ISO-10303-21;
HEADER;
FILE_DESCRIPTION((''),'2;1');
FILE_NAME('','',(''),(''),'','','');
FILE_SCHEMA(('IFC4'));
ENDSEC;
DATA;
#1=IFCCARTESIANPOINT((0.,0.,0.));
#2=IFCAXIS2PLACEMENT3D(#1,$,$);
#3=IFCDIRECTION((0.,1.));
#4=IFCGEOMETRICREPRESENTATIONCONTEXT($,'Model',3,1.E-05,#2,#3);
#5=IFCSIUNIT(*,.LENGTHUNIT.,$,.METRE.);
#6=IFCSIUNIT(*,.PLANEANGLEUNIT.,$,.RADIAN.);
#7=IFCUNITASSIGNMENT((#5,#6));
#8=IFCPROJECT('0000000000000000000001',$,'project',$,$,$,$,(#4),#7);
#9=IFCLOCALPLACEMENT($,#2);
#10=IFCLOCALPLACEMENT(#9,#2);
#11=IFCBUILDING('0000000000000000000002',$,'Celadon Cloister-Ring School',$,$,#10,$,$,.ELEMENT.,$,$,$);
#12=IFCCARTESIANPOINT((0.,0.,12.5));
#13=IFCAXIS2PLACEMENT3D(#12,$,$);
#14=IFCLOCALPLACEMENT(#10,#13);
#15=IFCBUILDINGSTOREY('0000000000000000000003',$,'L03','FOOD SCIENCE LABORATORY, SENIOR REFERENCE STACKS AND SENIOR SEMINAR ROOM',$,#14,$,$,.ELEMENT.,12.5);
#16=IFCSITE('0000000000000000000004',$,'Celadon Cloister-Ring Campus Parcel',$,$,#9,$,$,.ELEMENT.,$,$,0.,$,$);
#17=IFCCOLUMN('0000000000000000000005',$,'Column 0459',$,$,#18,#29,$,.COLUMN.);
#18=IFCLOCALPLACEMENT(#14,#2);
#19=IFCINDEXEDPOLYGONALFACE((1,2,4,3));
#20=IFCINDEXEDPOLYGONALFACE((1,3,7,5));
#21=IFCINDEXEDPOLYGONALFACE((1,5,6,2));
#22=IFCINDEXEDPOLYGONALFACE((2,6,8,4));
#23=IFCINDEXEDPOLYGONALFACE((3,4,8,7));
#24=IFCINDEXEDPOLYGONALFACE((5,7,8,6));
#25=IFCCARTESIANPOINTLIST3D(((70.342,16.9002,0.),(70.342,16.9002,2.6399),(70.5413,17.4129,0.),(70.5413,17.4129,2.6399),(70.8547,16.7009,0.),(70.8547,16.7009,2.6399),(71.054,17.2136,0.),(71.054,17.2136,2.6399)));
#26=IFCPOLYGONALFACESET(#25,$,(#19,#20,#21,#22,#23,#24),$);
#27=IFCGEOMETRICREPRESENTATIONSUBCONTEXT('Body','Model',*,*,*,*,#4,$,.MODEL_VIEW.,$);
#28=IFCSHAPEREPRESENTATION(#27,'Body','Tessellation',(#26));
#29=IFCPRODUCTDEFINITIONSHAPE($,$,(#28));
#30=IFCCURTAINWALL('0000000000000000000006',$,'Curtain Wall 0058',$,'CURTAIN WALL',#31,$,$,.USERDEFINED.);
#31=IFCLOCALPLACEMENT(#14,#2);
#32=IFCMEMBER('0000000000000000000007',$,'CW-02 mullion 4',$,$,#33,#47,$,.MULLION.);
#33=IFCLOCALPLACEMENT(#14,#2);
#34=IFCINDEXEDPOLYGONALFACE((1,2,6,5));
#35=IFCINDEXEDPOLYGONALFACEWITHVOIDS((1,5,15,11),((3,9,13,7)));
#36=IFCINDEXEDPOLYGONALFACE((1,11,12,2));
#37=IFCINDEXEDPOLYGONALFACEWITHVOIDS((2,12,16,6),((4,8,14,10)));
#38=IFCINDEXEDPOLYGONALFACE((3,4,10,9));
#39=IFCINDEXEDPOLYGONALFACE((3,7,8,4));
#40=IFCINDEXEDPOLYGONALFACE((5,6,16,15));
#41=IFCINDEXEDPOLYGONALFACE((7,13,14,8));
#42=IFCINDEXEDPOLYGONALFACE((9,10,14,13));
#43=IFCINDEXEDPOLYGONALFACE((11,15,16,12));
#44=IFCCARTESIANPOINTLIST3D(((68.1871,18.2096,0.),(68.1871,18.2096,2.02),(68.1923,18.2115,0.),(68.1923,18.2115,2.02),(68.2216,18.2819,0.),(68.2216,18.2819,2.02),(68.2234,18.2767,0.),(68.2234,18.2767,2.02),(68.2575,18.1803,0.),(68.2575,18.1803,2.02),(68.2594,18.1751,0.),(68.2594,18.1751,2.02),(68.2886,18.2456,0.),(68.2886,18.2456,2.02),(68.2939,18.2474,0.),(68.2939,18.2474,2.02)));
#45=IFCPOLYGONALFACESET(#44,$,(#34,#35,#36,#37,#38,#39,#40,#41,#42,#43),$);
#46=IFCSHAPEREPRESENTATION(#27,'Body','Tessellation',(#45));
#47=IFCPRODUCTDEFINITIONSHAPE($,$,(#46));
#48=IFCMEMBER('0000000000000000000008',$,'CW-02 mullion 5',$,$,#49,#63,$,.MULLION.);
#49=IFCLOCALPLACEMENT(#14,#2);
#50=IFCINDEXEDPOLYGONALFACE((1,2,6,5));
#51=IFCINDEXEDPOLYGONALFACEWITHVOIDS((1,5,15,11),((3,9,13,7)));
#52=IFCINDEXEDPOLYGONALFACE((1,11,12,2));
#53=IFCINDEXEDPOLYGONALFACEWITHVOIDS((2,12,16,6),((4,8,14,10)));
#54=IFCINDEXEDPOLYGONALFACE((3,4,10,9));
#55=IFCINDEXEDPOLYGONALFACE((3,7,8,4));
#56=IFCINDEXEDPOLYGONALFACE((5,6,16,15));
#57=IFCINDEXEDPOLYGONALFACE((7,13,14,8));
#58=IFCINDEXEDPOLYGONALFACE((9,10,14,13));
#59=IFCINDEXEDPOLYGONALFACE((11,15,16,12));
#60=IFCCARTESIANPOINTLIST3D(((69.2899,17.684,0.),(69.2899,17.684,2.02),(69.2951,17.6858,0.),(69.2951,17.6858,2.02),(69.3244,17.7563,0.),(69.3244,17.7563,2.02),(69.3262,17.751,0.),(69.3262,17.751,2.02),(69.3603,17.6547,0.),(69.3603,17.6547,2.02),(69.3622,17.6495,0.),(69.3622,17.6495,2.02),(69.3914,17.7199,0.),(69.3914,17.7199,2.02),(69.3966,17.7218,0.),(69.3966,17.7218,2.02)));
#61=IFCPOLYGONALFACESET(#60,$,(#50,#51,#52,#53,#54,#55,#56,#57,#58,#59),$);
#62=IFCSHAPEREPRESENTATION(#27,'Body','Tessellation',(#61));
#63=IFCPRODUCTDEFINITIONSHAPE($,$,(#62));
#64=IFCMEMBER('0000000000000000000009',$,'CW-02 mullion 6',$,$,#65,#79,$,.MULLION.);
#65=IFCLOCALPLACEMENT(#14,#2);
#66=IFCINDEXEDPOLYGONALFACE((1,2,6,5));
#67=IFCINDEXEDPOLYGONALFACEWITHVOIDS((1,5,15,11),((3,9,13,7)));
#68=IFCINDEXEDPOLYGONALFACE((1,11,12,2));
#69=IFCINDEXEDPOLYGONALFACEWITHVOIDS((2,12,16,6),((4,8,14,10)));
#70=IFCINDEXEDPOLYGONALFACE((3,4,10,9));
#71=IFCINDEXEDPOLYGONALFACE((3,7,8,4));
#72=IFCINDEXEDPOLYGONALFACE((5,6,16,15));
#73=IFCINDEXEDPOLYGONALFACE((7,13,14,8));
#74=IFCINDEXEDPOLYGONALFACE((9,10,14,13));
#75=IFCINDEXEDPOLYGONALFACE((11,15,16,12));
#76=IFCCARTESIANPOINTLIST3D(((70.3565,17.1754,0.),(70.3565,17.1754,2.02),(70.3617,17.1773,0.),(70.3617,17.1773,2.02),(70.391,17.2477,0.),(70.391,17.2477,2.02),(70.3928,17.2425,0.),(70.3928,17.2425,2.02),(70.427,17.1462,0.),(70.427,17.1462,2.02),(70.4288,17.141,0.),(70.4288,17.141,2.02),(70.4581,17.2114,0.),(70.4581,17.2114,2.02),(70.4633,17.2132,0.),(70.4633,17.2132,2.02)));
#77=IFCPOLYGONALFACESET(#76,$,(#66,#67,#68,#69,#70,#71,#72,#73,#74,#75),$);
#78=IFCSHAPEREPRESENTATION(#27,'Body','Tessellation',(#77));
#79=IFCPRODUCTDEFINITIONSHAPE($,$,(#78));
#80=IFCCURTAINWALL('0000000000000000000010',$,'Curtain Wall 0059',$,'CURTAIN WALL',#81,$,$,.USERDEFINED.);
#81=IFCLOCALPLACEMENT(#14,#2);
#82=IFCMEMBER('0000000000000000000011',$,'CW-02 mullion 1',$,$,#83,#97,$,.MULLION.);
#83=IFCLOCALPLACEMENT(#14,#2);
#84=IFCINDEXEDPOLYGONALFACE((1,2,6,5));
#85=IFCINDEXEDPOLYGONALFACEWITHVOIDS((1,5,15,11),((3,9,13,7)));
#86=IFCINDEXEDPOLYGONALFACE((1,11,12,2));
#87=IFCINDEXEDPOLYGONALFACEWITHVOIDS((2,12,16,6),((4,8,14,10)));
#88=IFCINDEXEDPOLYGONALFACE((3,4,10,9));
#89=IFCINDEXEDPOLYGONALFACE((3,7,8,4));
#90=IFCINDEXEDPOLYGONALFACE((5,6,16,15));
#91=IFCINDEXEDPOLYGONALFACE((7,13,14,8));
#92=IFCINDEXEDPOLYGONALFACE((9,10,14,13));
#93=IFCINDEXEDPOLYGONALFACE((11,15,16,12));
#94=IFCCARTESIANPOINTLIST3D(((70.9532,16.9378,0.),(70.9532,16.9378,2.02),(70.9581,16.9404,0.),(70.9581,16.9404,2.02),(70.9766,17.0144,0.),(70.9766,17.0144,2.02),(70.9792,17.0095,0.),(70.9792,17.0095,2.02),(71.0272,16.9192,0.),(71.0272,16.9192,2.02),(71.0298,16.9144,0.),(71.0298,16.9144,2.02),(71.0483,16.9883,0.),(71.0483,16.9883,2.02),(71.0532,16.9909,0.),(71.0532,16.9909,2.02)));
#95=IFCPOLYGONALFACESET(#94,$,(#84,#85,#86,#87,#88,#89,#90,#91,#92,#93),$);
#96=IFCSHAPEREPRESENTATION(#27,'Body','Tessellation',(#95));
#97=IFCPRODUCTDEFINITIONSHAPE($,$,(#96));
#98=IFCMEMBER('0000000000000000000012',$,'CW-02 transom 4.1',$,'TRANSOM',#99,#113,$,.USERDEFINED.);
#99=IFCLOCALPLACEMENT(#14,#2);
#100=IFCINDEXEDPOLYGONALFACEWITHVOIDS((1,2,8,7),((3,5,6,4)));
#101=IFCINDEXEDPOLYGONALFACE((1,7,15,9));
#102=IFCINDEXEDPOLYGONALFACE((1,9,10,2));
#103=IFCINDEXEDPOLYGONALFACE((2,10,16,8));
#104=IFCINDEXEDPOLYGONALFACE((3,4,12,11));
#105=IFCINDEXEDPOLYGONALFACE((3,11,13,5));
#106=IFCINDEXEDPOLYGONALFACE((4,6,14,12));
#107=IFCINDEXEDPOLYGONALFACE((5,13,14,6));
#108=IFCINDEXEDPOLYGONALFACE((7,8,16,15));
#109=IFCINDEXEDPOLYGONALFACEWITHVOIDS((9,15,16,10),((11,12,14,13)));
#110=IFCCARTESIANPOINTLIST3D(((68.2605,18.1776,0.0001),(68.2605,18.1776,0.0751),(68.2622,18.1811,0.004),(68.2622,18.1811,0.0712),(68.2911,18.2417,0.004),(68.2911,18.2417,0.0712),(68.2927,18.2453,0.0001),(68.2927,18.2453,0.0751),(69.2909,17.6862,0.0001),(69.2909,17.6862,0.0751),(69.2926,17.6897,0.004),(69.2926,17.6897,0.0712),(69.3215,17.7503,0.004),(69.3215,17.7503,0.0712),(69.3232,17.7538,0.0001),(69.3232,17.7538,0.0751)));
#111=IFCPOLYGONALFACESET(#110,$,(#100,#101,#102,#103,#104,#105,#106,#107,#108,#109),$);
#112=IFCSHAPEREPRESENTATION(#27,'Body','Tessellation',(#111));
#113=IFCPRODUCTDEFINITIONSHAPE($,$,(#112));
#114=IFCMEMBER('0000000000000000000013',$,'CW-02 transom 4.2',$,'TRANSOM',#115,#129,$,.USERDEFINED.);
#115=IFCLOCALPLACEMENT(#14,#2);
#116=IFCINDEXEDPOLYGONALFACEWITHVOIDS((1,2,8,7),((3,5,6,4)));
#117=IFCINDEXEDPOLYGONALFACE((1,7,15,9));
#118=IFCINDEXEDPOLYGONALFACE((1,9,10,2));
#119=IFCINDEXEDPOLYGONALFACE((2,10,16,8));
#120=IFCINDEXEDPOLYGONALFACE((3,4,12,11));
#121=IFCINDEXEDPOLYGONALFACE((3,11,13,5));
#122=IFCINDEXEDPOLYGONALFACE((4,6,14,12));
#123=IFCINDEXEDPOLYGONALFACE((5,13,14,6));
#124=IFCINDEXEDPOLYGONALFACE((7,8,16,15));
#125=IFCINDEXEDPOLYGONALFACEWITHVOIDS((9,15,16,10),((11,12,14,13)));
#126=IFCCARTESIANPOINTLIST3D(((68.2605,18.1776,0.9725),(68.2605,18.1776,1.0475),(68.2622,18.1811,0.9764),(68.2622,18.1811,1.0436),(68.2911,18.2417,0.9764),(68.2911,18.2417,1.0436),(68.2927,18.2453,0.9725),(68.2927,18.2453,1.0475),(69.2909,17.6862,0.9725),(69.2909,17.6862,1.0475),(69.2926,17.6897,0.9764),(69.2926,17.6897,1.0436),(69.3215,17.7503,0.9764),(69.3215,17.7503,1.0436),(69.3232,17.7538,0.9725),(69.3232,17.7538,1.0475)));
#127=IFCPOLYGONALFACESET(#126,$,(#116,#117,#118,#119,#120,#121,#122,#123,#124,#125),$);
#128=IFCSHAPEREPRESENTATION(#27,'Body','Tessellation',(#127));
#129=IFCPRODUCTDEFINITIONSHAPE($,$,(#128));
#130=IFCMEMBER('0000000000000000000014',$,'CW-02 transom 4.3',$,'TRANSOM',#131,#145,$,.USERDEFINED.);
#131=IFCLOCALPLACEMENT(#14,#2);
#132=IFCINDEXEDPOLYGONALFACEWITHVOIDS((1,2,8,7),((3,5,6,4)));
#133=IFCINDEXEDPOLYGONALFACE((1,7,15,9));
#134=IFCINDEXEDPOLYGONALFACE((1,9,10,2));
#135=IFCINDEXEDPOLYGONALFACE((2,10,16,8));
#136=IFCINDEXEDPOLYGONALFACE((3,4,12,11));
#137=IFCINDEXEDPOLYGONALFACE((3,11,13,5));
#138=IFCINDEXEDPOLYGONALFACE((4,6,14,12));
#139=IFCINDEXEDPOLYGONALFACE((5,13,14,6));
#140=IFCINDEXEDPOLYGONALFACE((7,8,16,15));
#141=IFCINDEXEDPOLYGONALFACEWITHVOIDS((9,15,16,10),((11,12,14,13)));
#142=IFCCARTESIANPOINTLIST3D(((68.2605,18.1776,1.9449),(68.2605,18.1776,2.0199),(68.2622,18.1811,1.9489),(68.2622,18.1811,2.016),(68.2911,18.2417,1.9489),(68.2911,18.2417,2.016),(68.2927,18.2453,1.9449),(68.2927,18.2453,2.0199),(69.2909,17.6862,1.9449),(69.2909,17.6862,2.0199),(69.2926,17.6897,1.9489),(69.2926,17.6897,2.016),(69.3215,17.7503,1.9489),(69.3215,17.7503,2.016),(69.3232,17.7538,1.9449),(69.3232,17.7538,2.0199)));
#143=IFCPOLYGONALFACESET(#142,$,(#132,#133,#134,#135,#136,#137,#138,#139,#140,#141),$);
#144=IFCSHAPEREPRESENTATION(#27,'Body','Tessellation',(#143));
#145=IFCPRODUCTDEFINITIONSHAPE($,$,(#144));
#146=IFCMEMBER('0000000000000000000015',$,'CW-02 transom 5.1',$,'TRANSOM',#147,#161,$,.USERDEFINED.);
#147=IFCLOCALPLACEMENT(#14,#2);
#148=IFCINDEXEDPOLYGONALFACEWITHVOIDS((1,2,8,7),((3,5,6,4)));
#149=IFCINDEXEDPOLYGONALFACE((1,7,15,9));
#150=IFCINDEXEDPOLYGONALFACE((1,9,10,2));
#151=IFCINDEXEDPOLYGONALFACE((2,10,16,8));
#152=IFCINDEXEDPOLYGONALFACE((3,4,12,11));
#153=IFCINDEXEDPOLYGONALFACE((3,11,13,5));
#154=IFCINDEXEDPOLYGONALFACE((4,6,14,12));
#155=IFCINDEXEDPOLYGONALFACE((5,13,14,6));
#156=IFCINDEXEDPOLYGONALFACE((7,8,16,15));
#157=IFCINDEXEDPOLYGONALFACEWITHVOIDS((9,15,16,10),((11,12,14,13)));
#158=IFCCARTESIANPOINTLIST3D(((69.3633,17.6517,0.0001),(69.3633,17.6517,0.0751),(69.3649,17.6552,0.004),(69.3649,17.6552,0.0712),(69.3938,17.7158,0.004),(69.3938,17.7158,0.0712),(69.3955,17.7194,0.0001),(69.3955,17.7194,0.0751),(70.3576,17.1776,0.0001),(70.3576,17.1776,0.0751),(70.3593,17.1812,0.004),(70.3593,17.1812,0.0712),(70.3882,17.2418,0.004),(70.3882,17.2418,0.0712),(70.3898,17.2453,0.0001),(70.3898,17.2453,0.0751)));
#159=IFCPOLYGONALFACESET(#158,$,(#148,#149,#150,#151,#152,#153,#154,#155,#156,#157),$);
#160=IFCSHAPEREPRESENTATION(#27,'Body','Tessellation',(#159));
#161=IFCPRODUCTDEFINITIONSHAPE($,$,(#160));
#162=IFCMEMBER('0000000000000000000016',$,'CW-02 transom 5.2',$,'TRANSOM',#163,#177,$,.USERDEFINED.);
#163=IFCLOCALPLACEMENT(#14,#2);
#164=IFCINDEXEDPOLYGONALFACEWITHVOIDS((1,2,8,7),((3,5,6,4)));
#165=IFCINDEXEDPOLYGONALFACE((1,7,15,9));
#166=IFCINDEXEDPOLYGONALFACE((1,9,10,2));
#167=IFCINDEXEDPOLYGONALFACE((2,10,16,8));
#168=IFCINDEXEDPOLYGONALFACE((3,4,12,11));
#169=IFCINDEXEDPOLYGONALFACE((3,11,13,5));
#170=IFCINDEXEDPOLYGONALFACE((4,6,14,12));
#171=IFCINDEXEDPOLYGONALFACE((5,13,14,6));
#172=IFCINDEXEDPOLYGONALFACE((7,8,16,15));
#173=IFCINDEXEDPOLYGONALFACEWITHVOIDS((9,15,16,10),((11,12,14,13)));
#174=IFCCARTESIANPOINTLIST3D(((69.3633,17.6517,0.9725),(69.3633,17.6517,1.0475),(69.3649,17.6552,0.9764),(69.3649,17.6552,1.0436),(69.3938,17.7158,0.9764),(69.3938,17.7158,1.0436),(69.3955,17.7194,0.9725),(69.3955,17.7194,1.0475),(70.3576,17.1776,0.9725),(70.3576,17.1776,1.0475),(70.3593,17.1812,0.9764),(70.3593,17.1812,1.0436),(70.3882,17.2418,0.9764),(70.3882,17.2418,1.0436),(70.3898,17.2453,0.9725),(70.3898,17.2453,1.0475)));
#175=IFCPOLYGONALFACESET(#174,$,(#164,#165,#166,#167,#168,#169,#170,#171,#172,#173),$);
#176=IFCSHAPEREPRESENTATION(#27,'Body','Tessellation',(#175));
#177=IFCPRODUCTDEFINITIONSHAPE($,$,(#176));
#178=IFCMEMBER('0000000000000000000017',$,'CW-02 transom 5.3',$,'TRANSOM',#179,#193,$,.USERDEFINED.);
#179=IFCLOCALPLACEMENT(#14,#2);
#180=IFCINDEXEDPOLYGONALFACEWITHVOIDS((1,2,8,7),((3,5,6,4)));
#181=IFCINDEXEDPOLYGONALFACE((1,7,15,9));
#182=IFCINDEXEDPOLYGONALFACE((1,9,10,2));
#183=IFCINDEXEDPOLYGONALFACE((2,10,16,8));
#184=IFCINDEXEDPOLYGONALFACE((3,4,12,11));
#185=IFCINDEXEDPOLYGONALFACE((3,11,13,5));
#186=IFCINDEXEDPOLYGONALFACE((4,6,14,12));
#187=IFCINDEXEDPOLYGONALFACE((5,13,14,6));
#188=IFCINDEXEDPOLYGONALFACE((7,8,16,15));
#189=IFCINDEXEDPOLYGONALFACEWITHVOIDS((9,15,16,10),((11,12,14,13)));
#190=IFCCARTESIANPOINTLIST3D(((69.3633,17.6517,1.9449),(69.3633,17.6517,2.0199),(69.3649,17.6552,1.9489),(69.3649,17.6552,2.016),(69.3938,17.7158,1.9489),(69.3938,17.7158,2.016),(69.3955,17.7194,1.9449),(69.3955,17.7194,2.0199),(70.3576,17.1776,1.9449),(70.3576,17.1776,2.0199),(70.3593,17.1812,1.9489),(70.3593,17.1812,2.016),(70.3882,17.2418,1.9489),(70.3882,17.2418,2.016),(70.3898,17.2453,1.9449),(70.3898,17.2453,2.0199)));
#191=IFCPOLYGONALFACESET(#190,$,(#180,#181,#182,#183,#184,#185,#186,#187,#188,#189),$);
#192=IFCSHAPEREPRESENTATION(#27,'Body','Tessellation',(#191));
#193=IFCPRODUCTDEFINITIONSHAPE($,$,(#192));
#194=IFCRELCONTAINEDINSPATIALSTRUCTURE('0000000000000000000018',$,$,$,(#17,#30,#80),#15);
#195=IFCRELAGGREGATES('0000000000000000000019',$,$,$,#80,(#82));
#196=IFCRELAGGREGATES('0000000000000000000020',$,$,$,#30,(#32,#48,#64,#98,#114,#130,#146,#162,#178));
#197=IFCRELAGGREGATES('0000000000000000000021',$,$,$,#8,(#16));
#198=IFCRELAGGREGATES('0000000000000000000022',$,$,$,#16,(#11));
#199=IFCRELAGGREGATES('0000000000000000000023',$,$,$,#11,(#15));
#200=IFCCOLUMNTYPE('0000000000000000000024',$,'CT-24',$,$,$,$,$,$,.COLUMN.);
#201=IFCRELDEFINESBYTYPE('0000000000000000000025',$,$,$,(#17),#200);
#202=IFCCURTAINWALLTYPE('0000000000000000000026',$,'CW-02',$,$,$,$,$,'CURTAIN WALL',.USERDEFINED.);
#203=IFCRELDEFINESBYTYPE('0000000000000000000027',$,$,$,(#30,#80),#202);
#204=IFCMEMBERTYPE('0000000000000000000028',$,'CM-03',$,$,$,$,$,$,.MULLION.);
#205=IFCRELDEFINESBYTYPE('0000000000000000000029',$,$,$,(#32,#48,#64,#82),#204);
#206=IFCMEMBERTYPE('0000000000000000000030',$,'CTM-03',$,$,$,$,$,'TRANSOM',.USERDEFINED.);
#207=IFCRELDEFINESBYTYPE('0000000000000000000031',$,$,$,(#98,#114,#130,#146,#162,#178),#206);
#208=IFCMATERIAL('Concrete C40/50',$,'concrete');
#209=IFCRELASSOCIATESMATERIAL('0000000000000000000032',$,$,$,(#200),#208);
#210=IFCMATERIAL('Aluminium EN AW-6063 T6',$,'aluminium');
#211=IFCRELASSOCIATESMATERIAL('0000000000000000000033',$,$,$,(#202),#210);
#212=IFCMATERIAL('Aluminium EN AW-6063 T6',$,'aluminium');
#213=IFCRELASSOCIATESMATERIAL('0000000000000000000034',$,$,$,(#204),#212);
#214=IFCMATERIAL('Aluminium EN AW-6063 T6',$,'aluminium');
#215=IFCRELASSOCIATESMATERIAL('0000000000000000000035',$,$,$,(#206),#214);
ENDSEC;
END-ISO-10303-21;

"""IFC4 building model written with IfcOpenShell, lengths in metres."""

from ifc_helpers import new_model, si_unit, direction, frame, origin, origin_2d, place, context, subcontext, project, spatial, rectangle, hollow_rectangle, extrude, material, material_profile, profile_set, type_object, element, aggregate, save


model = new_model("IFC4")

# Units and contexts
model_context = context("Model", 3, precision=1e-05, world=origin(), true_north=direction((0.0, 1.0)))
body_context = subcontext(model_context, "Body", "Model", "MODEL_VIEW")
ifc_project = project(units=[si_unit("LENGTHUNIT", "METRE"), si_unit("PLANEANGLEUNIT", "RADIAN")], contexts=[model_context])

# Site, building, storey
site_placement = place(None, origin())
site = spatial("IfcSite", under=ifc_project, at=site_placement, Name="Celadon Cloister-Ring Campus Parcel", CompositionType="ELEMENT", RefElevation=0.0)
building_placement = place(site_placement, origin())
building = spatial("IfcBuilding", under=site, at=building_placement, Name="Celadon Cloister-Ring School", CompositionType="ELEMENT")
storey_placement = place(building_placement, frame((0.0, 0.0, 12.5)))
storey = spatial("IfcBuildingStorey", under=building, at=storey_placement, Name="L03", Description="FOOD SCIENCE LABORATORY, SENIOR REFERENCE STACKS AND SENIOR SEMINAR ROOM", CompositionType="ELEMENT", Elevation=12.5)

# Column
ifc_material_1 = material(Name="Concrete C40/50", Category="concrete")
ifc_material_profile_1 = material_profile(ifc_material_1, rectangle(XDim=0.55, YDim=0.55, at=origin_2d()), Name="RC550X550")
ifc_profile_set_1 = profile_set([ifc_material_profile_1], Name="Concrete C40/50")
column_type = type_object("IfcColumnType", Name="CT-24", PredefinedType="COLUMN", material=ifc_profile_set_1)
column_placement = place(storey_placement, frame((70.698, 17.0569, 0.0), z_axis=(0.0, 0.0, 1.0), x_axis=(-0.362275, -0.932071, 0.0)))
element("IfcColumn", 1, at=column_placement, inside=storey, type_object=column_type, Name="Column 0459", PredefinedType="COLUMN", context=body_context, shape_type="SweptSolid", body=[
    extrude(rectangle(XDim=0.55, YDim=0.55, at=origin_2d()), origin(), (0.0, 0.0, 1.0), 2.6399),
])

# Curtain wall, members
ifc_material_2 = material(Name="Aluminium EN AW-6063 T6", Category="aluminium")
curtain_wall_type = type_object("IfcCurtainWallType", Name="CW-02", ElementType="CURTAIN WALL", PredefinedType="USERDEFINED", material=ifc_material_2)
curtain_wall_1_placement = place(storey_placement, origin())
curtain_wall_1 = element("IfcCurtainWall", 2, at=curtain_wall_1_placement, inside=storey, type_object=curtain_wall_type, Name="Curtain Wall 0058", ObjectType="CURTAIN WALL", PredefinedType="USERDEFINED")
ifc_material_3 = material(Name="Aluminium EN AW-6063 T6", Category="aluminium")
ifc_material_profile_2 = material_profile(ifc_material_3, hollow_rectangle(XDim=0.0801, YDim=0.0801, WallThickness=0.0039, at=origin_2d()), Name="RHS80X80X4")
ifc_profile_set_2 = profile_set([ifc_material_profile_2], Name="Aluminium EN AW-6063 T6")
member_type_1 = type_object("IfcMemberType", Name="CM-03", PredefinedType="MULLION", material=ifc_profile_set_2)
member_1_placement = place(storey_placement, frame((68.2405, 18.2285, 0.0), z_axis=(0.0, 0.0, 1.0), x_axis=(0.430372, 0.902652, 0.0)))
member_1 = element("IfcMember", 3, at=member_1_placement, type_object=member_type_1, Name="CW-02 mullion 4", PredefinedType="MULLION", context=body_context, shape_type="SweptSolid", body=[
    extrude(hollow_rectangle(XDim=0.0801, YDim=0.0801, WallThickness=0.0039, at=origin_2d()), origin(), (0.0, 0.0, 1.0), 2.02),
])
member_2_placement = place(storey_placement, frame((69.3433, 17.7029, 0.0), z_axis=(0.0, 0.0, 1.0), x_axis=(0.430372, 0.902652, 0.0)))
member_2 = element("IfcMember", 4, at=member_2_placement, type_object=member_type_1, Name="CW-02 mullion 5", PredefinedType="MULLION", context=body_context, shape_type="SweptSolid", body=[
    extrude(hollow_rectangle(XDim=0.0801, YDim=0.0801, WallThickness=0.0039, at=origin_2d()), origin(), (0.0, 0.0, 1.0), 2.02),
])
member_3_placement = place(storey_placement, frame((70.4099, 17.1943, 0.0), z_axis=(0.0, 0.0, 1.0), x_axis=(0.430372, 0.902652, 0.0)))
member_3 = element("IfcMember", 5, at=member_3_placement, type_object=member_type_1, Name="CW-02 mullion 6", PredefinedType="MULLION", context=body_context, shape_type="SweptSolid", body=[
    extrude(hollow_rectangle(XDim=0.0801, YDim=0.0801, WallThickness=0.0039, at=origin_2d()), origin(), (0.0, 0.0, 1.0), 2.02),
])

# Curtain wall, member
curtain_wall_2_placement = place(storey_placement, origin())
curtain_wall_2 = element("IfcCurtainWall", 6, at=curtain_wall_2_placement, inside=storey, type_object=curtain_wall_type, Name="Curtain Wall 0059", ObjectType="CURTAIN WALL", PredefinedType="USERDEFINED")
member_4_placement = place(storey_placement, frame((71.0032, 16.9644, 0.0), z_axis=(0.0, 0.0, 1.0), x_axis=(0.292406, 0.956294, 0.0)))
member_4 = element("IfcMember", 7, at=member_4_placement, type_object=member_type_1, Name="CW-02 mullion 1", PredefinedType="MULLION", context=body_context, shape_type="SweptSolid", body=[
    extrude(hollow_rectangle(XDim=0.0801, YDim=0.0801, WallThickness=0.0039, at=origin_2d()), origin(), (0.0, 0.0, 1.0), 2.02),
])

# Members
ifc_material_4 = material(Name="Aluminium EN AW-6063 T6", Category="aluminium")
ifc_material_profile_3 = material_profile(ifc_material_4, hollow_rectangle(XDim=0.075, YDim=0.075, WallThickness=0.0039, at=origin_2d()), Name="RHS75X75X4")
ifc_profile_set_3 = profile_set([ifc_material_profile_3], Name="Aluminium EN AW-6063 T6")
member_type_2 = type_object("IfcMemberType", Name="CTM-03", ElementType="TRANSOM", PredefinedType="USERDEFINED", material=ifc_profile_set_3)
member_5_placement = place(storey_placement, frame((68.2766, 18.2114, 0.0376), z_axis=(0.902611, -0.430456, 0.0), x_axis=(0.430456, 0.902611, 0.0)))
member_5 = element("IfcMember", 8, at=member_5_placement, type_object=member_type_2, Name="CW-02 transom 4.1", ObjectType="TRANSOM", PredefinedType="USERDEFINED", context=body_context, shape_type="SweptSolid", body=[
    extrude(hollow_rectangle(XDim=0.075, YDim=0.075, WallThickness=0.0039, at=origin_2d()), origin(), (0.0, 0.0, 1.0), 1.1416),
])
member_6_placement = place(storey_placement, frame((68.2766, 18.2114, 1.01), z_axis=(0.902611, -0.430456, 0.0), x_axis=(0.430456, 0.902611, 0.0)))
member_6 = element("IfcMember", 9, at=member_6_placement, type_object=member_type_2, Name="CW-02 transom 4.2", ObjectType="TRANSOM", PredefinedType="USERDEFINED", context=body_context, shape_type="SweptSolid", body=[
    extrude(hollow_rectangle(XDim=0.075, YDim=0.075, WallThickness=0.0039, at=origin_2d()), origin(), (0.0, 0.0, 1.0), 1.1416),
])
member_7_placement = place(storey_placement, frame((68.2766, 18.2114, 1.9824), z_axis=(0.902611, -0.430456, 0.0), x_axis=(0.430456, 0.902611, 0.0)))
member_7 = element("IfcMember", 10, at=member_7_placement, type_object=member_type_2, Name="CW-02 transom 4.3", ObjectType="TRANSOM", PredefinedType="USERDEFINED", context=body_context, shape_type="SweptSolid", body=[
    extrude(hollow_rectangle(XDim=0.075, YDim=0.075, WallThickness=0.0039, at=origin_2d()), origin(), (0.0, 0.0, 1.0), 1.1416),
])
member_8_placement = place(storey_placement, frame((69.3794, 17.6855, 0.0376), z_axis=(0.902647, -0.430381, 0.0), x_axis=(0.430381, 0.902647, 0.0)))
member_8 = element("IfcMember", 11, at=member_8_placement, type_object=member_type_2, Name="CW-02 transom 5.1", ObjectType="TRANSOM", PredefinedType="USERDEFINED", context=body_context, shape_type="SweptSolid", body=[
    extrude(hollow_rectangle(XDim=0.075, YDim=0.075, WallThickness=0.0039, at=origin_2d()), origin(), (0.0, 0.0, 1.0), 1.1016),
])
member_9_placement = place(storey_placement, frame((69.3794, 17.6855, 1.01), z_axis=(0.902647, -0.430381, 0.0), x_axis=(0.430381, 0.902647, 0.0)))
member_9 = element("IfcMember", 12, at=member_9_placement, type_object=member_type_2, Name="CW-02 transom 5.2", ObjectType="TRANSOM", PredefinedType="USERDEFINED", context=body_context, shape_type="SweptSolid", body=[
    extrude(hollow_rectangle(XDim=0.075, YDim=0.075, WallThickness=0.0039, at=origin_2d()), origin(), (0.0, 0.0, 1.0), 1.1016),
])
member_10_placement = place(storey_placement, frame((69.3794, 17.6855, 1.9824), z_axis=(0.902647, -0.430381, 0.0), x_axis=(0.430381, 0.902647, 0.0)))
member_10 = element("IfcMember", 13, at=member_10_placement, type_object=member_type_2, Name="CW-02 transom 5.3", ObjectType="TRANSOM", PredefinedType="USERDEFINED", context=body_context, shape_type="SweptSolid", body=[
    extrude(hollow_rectangle(XDim=0.075, YDim=0.075, WallThickness=0.0039, at=origin_2d()), origin(), (0.0, 0.0, 1.0), 1.1016),
])
aggregate(curtain_wall_2, [member_4])

aggregate(curtain_wall_1, [member_1, member_2, member_3, member_5, member_6, member_7, member_8, member_9, member_10])

save(model, "model.ifc")
